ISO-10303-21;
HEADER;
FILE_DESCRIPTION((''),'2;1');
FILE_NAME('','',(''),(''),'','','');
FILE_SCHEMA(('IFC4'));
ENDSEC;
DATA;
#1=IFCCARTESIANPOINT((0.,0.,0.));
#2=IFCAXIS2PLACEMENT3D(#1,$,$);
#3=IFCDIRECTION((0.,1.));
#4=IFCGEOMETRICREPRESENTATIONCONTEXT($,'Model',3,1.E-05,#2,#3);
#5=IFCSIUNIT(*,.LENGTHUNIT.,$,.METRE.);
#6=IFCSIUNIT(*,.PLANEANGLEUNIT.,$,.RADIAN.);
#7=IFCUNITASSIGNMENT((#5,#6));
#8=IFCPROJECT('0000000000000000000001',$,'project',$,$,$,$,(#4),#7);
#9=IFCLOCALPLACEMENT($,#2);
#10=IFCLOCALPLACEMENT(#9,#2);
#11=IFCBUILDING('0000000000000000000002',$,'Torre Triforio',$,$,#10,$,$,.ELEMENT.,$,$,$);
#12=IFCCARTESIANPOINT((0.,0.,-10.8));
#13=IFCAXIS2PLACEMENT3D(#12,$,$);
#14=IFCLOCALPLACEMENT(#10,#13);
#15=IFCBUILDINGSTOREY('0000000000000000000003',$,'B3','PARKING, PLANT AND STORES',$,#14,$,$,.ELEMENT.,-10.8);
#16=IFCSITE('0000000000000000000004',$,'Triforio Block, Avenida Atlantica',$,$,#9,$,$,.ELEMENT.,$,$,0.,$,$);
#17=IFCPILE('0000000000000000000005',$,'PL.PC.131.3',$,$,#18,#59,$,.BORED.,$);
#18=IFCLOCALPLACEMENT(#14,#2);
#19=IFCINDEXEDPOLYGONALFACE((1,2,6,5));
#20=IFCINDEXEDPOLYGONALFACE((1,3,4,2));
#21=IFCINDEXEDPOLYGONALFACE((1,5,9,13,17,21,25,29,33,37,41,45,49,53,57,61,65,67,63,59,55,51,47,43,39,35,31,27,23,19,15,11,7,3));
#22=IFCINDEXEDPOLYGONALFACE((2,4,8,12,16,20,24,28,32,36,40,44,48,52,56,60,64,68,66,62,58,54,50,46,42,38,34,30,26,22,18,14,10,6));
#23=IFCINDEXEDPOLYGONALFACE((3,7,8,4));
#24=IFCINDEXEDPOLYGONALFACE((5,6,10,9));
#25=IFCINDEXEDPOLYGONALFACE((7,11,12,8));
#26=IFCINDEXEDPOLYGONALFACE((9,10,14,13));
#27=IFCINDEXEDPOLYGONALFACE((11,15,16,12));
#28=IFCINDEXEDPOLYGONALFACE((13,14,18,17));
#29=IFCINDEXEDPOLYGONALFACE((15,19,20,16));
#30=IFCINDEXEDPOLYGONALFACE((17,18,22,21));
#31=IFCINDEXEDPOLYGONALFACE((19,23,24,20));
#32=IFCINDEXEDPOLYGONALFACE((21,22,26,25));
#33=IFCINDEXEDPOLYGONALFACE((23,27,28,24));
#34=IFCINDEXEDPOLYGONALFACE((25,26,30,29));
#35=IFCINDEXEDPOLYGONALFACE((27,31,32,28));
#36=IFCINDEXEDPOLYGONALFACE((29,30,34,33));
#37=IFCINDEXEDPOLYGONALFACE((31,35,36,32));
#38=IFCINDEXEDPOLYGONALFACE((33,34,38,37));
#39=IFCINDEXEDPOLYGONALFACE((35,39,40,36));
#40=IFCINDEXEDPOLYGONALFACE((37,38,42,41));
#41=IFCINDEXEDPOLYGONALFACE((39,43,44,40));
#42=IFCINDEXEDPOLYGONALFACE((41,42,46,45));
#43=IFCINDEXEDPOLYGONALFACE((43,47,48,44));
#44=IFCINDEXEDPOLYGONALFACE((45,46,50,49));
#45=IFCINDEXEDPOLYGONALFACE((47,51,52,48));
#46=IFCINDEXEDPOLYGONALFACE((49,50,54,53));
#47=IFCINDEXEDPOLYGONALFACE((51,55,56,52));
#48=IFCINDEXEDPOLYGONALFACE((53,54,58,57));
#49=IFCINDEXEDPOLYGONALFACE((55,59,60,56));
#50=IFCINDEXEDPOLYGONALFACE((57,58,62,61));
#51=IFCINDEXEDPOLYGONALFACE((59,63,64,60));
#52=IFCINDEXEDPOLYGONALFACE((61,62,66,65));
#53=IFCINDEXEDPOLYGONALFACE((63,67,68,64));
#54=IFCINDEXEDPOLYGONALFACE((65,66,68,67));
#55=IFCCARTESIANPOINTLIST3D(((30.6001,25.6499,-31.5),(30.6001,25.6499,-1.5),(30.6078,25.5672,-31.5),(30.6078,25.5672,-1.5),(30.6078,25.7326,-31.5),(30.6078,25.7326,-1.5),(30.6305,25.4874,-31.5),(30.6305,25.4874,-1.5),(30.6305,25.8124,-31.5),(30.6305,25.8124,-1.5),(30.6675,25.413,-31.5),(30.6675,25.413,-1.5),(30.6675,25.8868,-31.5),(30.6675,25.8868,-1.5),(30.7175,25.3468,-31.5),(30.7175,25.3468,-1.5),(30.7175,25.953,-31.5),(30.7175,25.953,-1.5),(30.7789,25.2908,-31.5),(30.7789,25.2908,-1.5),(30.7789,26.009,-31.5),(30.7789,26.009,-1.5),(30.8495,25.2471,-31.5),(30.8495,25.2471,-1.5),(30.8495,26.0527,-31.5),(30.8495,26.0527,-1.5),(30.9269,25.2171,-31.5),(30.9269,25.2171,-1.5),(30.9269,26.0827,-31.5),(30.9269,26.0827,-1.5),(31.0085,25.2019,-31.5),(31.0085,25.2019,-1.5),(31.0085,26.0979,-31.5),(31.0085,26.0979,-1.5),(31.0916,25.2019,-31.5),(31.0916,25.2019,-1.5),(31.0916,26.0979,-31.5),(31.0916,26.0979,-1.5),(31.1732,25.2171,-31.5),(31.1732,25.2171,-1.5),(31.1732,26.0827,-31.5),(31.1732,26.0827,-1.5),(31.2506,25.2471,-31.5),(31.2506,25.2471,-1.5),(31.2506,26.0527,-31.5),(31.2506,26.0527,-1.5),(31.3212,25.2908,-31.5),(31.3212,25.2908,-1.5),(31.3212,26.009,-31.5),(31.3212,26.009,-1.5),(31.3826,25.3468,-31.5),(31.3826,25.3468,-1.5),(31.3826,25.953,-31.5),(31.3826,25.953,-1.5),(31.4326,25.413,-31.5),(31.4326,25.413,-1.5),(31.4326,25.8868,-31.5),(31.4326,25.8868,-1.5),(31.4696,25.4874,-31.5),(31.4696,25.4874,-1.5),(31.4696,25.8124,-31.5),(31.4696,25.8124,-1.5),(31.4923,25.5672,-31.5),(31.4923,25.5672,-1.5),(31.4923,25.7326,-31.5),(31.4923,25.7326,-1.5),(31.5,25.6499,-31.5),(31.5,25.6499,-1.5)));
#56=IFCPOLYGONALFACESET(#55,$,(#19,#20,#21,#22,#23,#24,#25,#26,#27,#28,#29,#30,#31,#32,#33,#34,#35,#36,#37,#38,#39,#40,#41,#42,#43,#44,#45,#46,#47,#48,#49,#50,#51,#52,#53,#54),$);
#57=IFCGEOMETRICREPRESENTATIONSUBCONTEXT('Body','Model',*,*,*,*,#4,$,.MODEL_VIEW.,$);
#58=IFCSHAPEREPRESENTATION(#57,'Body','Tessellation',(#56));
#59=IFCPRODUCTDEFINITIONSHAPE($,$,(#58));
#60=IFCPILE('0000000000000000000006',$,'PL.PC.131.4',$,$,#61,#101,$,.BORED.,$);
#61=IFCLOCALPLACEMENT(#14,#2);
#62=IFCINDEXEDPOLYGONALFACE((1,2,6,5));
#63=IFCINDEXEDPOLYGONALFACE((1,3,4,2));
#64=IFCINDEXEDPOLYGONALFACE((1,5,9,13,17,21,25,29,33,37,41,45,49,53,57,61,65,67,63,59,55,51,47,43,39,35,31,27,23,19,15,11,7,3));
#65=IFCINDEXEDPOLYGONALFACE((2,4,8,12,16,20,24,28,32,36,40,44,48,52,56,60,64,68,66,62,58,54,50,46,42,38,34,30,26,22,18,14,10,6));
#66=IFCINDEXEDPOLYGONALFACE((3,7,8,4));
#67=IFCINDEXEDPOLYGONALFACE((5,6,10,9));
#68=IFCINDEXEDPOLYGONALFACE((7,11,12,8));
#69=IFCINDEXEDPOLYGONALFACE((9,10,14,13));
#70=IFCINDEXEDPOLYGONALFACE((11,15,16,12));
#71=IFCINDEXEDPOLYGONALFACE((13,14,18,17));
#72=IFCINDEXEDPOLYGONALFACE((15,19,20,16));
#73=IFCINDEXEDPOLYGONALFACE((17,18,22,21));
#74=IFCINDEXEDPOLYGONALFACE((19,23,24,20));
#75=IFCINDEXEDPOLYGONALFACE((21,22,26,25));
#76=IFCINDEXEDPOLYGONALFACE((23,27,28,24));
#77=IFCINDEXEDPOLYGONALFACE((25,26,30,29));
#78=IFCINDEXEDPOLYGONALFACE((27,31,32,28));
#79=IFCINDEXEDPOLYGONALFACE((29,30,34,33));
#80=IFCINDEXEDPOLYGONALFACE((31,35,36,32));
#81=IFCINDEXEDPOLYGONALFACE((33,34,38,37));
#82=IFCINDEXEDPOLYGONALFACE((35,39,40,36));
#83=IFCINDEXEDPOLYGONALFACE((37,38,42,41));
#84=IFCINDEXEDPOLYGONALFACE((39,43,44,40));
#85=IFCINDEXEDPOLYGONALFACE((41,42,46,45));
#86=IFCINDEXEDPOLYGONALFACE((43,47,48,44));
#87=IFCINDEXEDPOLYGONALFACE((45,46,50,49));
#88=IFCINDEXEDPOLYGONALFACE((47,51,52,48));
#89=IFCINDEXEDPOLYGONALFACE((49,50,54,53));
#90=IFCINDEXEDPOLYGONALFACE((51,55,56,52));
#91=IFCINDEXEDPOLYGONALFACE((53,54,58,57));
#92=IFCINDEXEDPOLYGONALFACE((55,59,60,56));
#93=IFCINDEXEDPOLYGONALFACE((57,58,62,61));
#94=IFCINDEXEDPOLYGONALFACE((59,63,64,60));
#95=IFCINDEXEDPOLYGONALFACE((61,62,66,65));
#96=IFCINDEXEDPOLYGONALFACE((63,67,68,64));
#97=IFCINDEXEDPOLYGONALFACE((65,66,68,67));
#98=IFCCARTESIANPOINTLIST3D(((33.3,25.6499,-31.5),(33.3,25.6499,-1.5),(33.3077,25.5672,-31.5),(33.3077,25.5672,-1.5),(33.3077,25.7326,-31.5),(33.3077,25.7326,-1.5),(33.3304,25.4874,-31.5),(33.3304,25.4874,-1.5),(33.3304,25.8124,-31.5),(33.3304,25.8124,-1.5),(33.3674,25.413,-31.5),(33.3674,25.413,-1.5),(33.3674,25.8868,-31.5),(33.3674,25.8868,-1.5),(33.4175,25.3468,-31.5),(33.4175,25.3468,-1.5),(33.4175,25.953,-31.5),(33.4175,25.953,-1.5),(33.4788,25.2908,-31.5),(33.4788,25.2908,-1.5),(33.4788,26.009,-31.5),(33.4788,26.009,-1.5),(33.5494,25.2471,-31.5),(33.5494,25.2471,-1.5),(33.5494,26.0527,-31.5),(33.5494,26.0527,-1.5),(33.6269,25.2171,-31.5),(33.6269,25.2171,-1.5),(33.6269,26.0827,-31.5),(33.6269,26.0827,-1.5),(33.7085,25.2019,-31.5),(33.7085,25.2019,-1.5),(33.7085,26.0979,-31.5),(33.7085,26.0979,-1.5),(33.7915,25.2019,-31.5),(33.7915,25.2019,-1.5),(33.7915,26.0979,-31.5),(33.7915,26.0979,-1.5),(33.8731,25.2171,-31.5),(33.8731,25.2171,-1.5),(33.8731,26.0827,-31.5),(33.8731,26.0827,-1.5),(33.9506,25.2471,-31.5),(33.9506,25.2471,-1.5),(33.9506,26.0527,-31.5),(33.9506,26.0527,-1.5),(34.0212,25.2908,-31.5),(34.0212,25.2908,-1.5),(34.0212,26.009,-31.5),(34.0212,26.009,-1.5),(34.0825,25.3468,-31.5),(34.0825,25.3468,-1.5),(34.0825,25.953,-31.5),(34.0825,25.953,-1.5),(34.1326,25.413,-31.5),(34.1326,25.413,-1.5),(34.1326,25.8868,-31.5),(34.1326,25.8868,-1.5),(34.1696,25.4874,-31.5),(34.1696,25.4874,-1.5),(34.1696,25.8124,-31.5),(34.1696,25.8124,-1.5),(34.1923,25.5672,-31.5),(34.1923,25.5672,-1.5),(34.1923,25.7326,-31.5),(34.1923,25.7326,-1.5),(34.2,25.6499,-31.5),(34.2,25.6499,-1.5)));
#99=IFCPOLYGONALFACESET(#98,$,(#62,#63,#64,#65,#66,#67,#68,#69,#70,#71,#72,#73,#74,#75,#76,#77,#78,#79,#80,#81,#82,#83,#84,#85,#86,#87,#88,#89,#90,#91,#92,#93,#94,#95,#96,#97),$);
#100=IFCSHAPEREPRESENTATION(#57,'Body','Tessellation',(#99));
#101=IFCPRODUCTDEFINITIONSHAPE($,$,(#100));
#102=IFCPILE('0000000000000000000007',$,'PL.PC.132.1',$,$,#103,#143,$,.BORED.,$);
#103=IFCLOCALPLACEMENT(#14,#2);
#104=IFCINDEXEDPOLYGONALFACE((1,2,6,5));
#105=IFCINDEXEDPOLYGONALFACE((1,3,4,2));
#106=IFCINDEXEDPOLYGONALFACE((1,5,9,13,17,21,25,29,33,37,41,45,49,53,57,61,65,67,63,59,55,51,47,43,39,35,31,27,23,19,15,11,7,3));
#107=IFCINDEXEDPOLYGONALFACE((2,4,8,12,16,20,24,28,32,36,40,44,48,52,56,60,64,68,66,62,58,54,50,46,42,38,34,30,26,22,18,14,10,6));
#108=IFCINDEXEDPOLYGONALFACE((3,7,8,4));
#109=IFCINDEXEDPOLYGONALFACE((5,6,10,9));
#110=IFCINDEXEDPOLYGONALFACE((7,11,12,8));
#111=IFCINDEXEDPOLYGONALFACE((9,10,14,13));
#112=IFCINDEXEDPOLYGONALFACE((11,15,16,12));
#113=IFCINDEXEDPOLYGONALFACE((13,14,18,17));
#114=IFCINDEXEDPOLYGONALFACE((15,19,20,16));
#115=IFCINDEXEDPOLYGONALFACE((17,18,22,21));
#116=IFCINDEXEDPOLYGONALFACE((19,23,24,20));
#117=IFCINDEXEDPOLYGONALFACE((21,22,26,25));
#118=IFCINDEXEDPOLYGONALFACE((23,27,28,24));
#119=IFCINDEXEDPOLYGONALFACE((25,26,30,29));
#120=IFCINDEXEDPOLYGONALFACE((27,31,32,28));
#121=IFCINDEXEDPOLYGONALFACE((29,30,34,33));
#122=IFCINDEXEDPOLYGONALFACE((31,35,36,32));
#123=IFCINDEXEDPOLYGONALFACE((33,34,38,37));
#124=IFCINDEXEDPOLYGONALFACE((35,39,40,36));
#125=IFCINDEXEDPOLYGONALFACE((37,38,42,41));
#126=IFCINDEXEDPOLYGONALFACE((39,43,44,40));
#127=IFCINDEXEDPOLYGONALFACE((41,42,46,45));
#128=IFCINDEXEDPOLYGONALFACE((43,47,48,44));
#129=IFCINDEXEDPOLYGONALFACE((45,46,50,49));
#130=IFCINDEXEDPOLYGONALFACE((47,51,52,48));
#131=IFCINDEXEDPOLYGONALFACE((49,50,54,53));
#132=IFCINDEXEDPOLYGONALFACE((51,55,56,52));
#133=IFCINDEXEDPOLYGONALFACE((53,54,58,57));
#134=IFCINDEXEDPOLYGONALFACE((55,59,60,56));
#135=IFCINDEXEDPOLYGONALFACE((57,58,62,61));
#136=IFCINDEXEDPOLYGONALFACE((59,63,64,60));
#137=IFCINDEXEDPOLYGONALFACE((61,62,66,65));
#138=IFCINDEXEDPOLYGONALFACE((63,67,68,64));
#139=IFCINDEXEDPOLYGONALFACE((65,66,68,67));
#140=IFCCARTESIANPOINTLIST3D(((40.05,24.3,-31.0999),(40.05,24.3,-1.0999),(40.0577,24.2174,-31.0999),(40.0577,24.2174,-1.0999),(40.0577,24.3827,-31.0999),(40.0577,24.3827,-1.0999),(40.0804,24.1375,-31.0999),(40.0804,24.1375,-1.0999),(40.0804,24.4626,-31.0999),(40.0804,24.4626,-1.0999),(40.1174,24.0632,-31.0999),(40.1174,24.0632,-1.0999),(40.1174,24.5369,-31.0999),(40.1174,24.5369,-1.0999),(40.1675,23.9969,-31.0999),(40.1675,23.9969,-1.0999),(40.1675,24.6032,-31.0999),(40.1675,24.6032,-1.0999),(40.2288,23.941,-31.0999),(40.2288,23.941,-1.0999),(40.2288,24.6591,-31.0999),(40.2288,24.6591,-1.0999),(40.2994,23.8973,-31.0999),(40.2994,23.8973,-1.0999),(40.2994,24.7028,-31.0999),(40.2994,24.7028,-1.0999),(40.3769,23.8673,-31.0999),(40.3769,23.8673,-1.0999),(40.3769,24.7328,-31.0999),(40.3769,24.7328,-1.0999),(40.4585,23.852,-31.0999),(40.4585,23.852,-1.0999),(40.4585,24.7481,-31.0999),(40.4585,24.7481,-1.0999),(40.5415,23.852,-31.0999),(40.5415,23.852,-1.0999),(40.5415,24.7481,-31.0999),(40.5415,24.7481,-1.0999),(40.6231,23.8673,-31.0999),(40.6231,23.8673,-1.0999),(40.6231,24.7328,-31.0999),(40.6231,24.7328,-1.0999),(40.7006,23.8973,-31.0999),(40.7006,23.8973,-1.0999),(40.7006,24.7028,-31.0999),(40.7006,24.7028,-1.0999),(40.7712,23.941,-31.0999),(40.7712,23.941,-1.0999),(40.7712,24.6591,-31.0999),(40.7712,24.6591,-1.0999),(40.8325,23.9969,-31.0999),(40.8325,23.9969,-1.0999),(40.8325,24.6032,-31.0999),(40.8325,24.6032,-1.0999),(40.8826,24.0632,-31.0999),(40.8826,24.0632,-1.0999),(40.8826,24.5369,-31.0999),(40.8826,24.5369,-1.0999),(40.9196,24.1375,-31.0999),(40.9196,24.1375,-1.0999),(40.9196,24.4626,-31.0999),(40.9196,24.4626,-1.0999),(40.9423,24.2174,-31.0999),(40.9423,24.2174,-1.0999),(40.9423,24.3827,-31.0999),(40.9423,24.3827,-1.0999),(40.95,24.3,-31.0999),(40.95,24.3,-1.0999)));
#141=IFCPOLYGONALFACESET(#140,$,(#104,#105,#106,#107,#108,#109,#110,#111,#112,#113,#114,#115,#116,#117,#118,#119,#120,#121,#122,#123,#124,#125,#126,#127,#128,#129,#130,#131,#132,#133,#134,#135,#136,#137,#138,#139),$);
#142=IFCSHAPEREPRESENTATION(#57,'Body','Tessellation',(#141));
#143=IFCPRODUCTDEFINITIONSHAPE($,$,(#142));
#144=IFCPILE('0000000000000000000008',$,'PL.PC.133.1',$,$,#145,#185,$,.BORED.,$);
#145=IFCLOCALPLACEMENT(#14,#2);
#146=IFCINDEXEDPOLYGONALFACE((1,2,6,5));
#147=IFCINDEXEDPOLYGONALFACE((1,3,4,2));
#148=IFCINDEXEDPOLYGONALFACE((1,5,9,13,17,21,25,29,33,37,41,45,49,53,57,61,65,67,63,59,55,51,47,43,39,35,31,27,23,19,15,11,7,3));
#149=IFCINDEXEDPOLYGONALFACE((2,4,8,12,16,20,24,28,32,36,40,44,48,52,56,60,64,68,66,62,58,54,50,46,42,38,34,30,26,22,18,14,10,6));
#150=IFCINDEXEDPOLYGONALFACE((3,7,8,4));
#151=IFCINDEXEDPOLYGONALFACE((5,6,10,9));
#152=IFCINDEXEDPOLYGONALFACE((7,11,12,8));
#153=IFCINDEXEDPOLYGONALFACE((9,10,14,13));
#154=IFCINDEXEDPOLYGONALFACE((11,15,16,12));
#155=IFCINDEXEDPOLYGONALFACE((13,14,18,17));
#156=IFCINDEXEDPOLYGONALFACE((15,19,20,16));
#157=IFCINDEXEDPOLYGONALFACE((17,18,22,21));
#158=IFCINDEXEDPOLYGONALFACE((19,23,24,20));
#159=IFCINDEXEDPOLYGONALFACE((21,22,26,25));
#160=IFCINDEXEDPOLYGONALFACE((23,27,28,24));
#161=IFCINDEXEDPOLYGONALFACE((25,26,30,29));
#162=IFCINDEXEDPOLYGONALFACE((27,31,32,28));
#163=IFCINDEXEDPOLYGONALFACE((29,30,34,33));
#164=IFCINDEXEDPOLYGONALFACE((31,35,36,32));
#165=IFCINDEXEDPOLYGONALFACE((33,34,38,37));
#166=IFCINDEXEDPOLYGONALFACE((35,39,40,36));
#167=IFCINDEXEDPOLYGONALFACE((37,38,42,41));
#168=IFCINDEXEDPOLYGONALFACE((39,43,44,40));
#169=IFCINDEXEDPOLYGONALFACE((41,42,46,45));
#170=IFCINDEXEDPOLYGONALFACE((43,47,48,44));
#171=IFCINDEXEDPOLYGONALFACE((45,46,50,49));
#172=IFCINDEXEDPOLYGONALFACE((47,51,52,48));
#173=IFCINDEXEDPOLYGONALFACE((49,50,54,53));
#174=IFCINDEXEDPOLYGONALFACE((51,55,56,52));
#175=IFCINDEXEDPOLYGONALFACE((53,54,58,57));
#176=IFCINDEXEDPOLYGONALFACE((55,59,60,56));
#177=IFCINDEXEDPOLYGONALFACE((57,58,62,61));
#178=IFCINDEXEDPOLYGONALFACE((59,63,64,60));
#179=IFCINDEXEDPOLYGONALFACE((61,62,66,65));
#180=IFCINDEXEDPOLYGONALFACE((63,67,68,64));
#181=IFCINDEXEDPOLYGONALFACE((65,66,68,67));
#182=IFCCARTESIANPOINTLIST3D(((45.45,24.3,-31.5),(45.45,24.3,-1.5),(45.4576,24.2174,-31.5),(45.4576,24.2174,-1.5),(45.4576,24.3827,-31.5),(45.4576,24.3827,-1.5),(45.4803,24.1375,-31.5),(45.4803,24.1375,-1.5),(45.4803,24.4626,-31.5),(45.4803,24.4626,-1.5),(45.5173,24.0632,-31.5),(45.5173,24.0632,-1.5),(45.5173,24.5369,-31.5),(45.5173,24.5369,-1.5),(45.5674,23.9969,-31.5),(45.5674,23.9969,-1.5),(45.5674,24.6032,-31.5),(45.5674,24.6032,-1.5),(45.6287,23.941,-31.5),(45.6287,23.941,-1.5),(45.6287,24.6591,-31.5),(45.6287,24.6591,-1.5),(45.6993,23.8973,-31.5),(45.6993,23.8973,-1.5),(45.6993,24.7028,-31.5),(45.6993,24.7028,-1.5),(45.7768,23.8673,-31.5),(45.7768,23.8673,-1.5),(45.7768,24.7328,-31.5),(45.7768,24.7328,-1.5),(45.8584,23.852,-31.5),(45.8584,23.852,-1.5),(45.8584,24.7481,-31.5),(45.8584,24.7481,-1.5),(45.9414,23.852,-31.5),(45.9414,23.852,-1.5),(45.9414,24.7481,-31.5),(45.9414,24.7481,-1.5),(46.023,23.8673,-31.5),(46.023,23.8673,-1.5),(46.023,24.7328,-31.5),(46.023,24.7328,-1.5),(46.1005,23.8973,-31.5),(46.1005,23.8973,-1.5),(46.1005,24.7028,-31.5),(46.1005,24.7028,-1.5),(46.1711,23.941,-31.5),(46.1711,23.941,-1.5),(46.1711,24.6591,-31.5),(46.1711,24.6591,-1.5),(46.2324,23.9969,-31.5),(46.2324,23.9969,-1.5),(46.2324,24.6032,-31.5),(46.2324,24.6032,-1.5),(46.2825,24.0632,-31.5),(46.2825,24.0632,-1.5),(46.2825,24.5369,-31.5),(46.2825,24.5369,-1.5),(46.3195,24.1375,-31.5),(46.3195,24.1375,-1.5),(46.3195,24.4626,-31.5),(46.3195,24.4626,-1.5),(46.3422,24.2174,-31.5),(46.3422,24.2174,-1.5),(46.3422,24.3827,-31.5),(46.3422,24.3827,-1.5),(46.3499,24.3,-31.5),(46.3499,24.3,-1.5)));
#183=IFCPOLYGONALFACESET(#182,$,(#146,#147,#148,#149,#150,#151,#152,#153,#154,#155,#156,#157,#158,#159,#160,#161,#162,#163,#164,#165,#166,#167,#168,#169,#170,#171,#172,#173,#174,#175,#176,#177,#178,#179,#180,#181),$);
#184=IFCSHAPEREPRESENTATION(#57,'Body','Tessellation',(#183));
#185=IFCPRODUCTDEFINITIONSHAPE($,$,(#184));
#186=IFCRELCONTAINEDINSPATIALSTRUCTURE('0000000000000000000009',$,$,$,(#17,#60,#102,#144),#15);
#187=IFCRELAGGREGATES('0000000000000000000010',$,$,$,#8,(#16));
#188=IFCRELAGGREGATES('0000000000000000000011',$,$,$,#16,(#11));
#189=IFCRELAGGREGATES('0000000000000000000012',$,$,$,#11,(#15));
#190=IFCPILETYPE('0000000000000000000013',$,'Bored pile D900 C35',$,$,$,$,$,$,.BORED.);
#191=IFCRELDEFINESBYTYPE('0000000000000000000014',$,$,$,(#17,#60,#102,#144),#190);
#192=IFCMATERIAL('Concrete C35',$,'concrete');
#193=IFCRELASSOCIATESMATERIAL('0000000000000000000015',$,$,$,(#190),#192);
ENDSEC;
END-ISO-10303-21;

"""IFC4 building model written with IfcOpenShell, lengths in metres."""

from ifc_helpers import new_model, si_unit, direction, frame, origin, origin_2d, place, context, subcontext, project, spatial, circle, extrude, material, material_profile, profile_set, type_object, element, save


model = new_model("IFC4")

# Units and contexts
model_context = context("Model", 3, precision=1e-05, world=origin(), true_north=direction((0.0, 1.0)))
body_context = subcontext(model_context, "Body", "Model", "MODEL_VIEW")
ifc_project = project(units=[si_unit("LENGTHUNIT", "METRE"), si_unit("PLANEANGLEUNIT", "RADIAN")], contexts=[model_context])

# Site, building, storey
site_placement = place(None, origin())
site = spatial("IfcSite", under=ifc_project, at=site_placement, Name="Triforio Block, Avenida Atlantica", CompositionType="ELEMENT", RefElevation=0.0)
building_placement = place(site_placement, origin())
building = spatial("IfcBuilding", under=site, at=building_placement, Name="Torre Triforio", CompositionType="ELEMENT")
storey_placement = place(building_placement, frame((0.0, 0.0, -10.8)))
storey = spatial("IfcBuildingStorey", under=building, at=storey_placement, Name="B3", Description="PARKING, PLANT AND STORES", CompositionType="ELEMENT", Elevation=-10.8)

# Piles
ifc_material_1 = material(Name="Concrete C35", Category="concrete")
ifc_material_profile_1 = material_profile(ifc_material_1, circle(Radius=0.45, at=origin_2d()), Name="RC D900")
ifc_profile_set_1 = profile_set([ifc_material_profile_1], Name="Concrete C35")
pile_type = type_object("IfcPileType", Name="Bored pile D900 C35", PredefinedType="BORED", material=ifc_profile_set_1)
for number, where, z_axis, x_axis, name in (
    (1, (31.05, 25.6499, -1.5), (0.0, 0.0, -1.0), (1.0, 0.0, 0.0), "PL.PC.131.3"),
    (2, (33.75, 25.6499, -1.5), (0.0, 0.0, -1.0), (1.0, 0.0, 0.0), "PL.PC.131.4"),
    (3, (40.5, 24.3, -1.0999), (0.0, 0.0, -1.0), (1.0, 0.0, 0.0), "PL.PC.132.1"),
    (4, (45.8999, 24.3, -1.5), (0.0, 0.0, -1.0), (1.0, 0.0, 0.0), "PL.PC.133.1"),
):
    element("IfcPile", number, at=place(storey_placement, frame(where, z_axis=z_axis, x_axis=x_axis)), inside=storey, type_object=pile_type, Name=name, PredefinedType="BORED", context=body_context, shape_type="SweptSolid", body=[
        extrude(circle(Radius=0.45, at=origin_2d()), origin(), (0.0, 0.0, 1.0), 30.0),
    ])

save(model, "model.ifc")
